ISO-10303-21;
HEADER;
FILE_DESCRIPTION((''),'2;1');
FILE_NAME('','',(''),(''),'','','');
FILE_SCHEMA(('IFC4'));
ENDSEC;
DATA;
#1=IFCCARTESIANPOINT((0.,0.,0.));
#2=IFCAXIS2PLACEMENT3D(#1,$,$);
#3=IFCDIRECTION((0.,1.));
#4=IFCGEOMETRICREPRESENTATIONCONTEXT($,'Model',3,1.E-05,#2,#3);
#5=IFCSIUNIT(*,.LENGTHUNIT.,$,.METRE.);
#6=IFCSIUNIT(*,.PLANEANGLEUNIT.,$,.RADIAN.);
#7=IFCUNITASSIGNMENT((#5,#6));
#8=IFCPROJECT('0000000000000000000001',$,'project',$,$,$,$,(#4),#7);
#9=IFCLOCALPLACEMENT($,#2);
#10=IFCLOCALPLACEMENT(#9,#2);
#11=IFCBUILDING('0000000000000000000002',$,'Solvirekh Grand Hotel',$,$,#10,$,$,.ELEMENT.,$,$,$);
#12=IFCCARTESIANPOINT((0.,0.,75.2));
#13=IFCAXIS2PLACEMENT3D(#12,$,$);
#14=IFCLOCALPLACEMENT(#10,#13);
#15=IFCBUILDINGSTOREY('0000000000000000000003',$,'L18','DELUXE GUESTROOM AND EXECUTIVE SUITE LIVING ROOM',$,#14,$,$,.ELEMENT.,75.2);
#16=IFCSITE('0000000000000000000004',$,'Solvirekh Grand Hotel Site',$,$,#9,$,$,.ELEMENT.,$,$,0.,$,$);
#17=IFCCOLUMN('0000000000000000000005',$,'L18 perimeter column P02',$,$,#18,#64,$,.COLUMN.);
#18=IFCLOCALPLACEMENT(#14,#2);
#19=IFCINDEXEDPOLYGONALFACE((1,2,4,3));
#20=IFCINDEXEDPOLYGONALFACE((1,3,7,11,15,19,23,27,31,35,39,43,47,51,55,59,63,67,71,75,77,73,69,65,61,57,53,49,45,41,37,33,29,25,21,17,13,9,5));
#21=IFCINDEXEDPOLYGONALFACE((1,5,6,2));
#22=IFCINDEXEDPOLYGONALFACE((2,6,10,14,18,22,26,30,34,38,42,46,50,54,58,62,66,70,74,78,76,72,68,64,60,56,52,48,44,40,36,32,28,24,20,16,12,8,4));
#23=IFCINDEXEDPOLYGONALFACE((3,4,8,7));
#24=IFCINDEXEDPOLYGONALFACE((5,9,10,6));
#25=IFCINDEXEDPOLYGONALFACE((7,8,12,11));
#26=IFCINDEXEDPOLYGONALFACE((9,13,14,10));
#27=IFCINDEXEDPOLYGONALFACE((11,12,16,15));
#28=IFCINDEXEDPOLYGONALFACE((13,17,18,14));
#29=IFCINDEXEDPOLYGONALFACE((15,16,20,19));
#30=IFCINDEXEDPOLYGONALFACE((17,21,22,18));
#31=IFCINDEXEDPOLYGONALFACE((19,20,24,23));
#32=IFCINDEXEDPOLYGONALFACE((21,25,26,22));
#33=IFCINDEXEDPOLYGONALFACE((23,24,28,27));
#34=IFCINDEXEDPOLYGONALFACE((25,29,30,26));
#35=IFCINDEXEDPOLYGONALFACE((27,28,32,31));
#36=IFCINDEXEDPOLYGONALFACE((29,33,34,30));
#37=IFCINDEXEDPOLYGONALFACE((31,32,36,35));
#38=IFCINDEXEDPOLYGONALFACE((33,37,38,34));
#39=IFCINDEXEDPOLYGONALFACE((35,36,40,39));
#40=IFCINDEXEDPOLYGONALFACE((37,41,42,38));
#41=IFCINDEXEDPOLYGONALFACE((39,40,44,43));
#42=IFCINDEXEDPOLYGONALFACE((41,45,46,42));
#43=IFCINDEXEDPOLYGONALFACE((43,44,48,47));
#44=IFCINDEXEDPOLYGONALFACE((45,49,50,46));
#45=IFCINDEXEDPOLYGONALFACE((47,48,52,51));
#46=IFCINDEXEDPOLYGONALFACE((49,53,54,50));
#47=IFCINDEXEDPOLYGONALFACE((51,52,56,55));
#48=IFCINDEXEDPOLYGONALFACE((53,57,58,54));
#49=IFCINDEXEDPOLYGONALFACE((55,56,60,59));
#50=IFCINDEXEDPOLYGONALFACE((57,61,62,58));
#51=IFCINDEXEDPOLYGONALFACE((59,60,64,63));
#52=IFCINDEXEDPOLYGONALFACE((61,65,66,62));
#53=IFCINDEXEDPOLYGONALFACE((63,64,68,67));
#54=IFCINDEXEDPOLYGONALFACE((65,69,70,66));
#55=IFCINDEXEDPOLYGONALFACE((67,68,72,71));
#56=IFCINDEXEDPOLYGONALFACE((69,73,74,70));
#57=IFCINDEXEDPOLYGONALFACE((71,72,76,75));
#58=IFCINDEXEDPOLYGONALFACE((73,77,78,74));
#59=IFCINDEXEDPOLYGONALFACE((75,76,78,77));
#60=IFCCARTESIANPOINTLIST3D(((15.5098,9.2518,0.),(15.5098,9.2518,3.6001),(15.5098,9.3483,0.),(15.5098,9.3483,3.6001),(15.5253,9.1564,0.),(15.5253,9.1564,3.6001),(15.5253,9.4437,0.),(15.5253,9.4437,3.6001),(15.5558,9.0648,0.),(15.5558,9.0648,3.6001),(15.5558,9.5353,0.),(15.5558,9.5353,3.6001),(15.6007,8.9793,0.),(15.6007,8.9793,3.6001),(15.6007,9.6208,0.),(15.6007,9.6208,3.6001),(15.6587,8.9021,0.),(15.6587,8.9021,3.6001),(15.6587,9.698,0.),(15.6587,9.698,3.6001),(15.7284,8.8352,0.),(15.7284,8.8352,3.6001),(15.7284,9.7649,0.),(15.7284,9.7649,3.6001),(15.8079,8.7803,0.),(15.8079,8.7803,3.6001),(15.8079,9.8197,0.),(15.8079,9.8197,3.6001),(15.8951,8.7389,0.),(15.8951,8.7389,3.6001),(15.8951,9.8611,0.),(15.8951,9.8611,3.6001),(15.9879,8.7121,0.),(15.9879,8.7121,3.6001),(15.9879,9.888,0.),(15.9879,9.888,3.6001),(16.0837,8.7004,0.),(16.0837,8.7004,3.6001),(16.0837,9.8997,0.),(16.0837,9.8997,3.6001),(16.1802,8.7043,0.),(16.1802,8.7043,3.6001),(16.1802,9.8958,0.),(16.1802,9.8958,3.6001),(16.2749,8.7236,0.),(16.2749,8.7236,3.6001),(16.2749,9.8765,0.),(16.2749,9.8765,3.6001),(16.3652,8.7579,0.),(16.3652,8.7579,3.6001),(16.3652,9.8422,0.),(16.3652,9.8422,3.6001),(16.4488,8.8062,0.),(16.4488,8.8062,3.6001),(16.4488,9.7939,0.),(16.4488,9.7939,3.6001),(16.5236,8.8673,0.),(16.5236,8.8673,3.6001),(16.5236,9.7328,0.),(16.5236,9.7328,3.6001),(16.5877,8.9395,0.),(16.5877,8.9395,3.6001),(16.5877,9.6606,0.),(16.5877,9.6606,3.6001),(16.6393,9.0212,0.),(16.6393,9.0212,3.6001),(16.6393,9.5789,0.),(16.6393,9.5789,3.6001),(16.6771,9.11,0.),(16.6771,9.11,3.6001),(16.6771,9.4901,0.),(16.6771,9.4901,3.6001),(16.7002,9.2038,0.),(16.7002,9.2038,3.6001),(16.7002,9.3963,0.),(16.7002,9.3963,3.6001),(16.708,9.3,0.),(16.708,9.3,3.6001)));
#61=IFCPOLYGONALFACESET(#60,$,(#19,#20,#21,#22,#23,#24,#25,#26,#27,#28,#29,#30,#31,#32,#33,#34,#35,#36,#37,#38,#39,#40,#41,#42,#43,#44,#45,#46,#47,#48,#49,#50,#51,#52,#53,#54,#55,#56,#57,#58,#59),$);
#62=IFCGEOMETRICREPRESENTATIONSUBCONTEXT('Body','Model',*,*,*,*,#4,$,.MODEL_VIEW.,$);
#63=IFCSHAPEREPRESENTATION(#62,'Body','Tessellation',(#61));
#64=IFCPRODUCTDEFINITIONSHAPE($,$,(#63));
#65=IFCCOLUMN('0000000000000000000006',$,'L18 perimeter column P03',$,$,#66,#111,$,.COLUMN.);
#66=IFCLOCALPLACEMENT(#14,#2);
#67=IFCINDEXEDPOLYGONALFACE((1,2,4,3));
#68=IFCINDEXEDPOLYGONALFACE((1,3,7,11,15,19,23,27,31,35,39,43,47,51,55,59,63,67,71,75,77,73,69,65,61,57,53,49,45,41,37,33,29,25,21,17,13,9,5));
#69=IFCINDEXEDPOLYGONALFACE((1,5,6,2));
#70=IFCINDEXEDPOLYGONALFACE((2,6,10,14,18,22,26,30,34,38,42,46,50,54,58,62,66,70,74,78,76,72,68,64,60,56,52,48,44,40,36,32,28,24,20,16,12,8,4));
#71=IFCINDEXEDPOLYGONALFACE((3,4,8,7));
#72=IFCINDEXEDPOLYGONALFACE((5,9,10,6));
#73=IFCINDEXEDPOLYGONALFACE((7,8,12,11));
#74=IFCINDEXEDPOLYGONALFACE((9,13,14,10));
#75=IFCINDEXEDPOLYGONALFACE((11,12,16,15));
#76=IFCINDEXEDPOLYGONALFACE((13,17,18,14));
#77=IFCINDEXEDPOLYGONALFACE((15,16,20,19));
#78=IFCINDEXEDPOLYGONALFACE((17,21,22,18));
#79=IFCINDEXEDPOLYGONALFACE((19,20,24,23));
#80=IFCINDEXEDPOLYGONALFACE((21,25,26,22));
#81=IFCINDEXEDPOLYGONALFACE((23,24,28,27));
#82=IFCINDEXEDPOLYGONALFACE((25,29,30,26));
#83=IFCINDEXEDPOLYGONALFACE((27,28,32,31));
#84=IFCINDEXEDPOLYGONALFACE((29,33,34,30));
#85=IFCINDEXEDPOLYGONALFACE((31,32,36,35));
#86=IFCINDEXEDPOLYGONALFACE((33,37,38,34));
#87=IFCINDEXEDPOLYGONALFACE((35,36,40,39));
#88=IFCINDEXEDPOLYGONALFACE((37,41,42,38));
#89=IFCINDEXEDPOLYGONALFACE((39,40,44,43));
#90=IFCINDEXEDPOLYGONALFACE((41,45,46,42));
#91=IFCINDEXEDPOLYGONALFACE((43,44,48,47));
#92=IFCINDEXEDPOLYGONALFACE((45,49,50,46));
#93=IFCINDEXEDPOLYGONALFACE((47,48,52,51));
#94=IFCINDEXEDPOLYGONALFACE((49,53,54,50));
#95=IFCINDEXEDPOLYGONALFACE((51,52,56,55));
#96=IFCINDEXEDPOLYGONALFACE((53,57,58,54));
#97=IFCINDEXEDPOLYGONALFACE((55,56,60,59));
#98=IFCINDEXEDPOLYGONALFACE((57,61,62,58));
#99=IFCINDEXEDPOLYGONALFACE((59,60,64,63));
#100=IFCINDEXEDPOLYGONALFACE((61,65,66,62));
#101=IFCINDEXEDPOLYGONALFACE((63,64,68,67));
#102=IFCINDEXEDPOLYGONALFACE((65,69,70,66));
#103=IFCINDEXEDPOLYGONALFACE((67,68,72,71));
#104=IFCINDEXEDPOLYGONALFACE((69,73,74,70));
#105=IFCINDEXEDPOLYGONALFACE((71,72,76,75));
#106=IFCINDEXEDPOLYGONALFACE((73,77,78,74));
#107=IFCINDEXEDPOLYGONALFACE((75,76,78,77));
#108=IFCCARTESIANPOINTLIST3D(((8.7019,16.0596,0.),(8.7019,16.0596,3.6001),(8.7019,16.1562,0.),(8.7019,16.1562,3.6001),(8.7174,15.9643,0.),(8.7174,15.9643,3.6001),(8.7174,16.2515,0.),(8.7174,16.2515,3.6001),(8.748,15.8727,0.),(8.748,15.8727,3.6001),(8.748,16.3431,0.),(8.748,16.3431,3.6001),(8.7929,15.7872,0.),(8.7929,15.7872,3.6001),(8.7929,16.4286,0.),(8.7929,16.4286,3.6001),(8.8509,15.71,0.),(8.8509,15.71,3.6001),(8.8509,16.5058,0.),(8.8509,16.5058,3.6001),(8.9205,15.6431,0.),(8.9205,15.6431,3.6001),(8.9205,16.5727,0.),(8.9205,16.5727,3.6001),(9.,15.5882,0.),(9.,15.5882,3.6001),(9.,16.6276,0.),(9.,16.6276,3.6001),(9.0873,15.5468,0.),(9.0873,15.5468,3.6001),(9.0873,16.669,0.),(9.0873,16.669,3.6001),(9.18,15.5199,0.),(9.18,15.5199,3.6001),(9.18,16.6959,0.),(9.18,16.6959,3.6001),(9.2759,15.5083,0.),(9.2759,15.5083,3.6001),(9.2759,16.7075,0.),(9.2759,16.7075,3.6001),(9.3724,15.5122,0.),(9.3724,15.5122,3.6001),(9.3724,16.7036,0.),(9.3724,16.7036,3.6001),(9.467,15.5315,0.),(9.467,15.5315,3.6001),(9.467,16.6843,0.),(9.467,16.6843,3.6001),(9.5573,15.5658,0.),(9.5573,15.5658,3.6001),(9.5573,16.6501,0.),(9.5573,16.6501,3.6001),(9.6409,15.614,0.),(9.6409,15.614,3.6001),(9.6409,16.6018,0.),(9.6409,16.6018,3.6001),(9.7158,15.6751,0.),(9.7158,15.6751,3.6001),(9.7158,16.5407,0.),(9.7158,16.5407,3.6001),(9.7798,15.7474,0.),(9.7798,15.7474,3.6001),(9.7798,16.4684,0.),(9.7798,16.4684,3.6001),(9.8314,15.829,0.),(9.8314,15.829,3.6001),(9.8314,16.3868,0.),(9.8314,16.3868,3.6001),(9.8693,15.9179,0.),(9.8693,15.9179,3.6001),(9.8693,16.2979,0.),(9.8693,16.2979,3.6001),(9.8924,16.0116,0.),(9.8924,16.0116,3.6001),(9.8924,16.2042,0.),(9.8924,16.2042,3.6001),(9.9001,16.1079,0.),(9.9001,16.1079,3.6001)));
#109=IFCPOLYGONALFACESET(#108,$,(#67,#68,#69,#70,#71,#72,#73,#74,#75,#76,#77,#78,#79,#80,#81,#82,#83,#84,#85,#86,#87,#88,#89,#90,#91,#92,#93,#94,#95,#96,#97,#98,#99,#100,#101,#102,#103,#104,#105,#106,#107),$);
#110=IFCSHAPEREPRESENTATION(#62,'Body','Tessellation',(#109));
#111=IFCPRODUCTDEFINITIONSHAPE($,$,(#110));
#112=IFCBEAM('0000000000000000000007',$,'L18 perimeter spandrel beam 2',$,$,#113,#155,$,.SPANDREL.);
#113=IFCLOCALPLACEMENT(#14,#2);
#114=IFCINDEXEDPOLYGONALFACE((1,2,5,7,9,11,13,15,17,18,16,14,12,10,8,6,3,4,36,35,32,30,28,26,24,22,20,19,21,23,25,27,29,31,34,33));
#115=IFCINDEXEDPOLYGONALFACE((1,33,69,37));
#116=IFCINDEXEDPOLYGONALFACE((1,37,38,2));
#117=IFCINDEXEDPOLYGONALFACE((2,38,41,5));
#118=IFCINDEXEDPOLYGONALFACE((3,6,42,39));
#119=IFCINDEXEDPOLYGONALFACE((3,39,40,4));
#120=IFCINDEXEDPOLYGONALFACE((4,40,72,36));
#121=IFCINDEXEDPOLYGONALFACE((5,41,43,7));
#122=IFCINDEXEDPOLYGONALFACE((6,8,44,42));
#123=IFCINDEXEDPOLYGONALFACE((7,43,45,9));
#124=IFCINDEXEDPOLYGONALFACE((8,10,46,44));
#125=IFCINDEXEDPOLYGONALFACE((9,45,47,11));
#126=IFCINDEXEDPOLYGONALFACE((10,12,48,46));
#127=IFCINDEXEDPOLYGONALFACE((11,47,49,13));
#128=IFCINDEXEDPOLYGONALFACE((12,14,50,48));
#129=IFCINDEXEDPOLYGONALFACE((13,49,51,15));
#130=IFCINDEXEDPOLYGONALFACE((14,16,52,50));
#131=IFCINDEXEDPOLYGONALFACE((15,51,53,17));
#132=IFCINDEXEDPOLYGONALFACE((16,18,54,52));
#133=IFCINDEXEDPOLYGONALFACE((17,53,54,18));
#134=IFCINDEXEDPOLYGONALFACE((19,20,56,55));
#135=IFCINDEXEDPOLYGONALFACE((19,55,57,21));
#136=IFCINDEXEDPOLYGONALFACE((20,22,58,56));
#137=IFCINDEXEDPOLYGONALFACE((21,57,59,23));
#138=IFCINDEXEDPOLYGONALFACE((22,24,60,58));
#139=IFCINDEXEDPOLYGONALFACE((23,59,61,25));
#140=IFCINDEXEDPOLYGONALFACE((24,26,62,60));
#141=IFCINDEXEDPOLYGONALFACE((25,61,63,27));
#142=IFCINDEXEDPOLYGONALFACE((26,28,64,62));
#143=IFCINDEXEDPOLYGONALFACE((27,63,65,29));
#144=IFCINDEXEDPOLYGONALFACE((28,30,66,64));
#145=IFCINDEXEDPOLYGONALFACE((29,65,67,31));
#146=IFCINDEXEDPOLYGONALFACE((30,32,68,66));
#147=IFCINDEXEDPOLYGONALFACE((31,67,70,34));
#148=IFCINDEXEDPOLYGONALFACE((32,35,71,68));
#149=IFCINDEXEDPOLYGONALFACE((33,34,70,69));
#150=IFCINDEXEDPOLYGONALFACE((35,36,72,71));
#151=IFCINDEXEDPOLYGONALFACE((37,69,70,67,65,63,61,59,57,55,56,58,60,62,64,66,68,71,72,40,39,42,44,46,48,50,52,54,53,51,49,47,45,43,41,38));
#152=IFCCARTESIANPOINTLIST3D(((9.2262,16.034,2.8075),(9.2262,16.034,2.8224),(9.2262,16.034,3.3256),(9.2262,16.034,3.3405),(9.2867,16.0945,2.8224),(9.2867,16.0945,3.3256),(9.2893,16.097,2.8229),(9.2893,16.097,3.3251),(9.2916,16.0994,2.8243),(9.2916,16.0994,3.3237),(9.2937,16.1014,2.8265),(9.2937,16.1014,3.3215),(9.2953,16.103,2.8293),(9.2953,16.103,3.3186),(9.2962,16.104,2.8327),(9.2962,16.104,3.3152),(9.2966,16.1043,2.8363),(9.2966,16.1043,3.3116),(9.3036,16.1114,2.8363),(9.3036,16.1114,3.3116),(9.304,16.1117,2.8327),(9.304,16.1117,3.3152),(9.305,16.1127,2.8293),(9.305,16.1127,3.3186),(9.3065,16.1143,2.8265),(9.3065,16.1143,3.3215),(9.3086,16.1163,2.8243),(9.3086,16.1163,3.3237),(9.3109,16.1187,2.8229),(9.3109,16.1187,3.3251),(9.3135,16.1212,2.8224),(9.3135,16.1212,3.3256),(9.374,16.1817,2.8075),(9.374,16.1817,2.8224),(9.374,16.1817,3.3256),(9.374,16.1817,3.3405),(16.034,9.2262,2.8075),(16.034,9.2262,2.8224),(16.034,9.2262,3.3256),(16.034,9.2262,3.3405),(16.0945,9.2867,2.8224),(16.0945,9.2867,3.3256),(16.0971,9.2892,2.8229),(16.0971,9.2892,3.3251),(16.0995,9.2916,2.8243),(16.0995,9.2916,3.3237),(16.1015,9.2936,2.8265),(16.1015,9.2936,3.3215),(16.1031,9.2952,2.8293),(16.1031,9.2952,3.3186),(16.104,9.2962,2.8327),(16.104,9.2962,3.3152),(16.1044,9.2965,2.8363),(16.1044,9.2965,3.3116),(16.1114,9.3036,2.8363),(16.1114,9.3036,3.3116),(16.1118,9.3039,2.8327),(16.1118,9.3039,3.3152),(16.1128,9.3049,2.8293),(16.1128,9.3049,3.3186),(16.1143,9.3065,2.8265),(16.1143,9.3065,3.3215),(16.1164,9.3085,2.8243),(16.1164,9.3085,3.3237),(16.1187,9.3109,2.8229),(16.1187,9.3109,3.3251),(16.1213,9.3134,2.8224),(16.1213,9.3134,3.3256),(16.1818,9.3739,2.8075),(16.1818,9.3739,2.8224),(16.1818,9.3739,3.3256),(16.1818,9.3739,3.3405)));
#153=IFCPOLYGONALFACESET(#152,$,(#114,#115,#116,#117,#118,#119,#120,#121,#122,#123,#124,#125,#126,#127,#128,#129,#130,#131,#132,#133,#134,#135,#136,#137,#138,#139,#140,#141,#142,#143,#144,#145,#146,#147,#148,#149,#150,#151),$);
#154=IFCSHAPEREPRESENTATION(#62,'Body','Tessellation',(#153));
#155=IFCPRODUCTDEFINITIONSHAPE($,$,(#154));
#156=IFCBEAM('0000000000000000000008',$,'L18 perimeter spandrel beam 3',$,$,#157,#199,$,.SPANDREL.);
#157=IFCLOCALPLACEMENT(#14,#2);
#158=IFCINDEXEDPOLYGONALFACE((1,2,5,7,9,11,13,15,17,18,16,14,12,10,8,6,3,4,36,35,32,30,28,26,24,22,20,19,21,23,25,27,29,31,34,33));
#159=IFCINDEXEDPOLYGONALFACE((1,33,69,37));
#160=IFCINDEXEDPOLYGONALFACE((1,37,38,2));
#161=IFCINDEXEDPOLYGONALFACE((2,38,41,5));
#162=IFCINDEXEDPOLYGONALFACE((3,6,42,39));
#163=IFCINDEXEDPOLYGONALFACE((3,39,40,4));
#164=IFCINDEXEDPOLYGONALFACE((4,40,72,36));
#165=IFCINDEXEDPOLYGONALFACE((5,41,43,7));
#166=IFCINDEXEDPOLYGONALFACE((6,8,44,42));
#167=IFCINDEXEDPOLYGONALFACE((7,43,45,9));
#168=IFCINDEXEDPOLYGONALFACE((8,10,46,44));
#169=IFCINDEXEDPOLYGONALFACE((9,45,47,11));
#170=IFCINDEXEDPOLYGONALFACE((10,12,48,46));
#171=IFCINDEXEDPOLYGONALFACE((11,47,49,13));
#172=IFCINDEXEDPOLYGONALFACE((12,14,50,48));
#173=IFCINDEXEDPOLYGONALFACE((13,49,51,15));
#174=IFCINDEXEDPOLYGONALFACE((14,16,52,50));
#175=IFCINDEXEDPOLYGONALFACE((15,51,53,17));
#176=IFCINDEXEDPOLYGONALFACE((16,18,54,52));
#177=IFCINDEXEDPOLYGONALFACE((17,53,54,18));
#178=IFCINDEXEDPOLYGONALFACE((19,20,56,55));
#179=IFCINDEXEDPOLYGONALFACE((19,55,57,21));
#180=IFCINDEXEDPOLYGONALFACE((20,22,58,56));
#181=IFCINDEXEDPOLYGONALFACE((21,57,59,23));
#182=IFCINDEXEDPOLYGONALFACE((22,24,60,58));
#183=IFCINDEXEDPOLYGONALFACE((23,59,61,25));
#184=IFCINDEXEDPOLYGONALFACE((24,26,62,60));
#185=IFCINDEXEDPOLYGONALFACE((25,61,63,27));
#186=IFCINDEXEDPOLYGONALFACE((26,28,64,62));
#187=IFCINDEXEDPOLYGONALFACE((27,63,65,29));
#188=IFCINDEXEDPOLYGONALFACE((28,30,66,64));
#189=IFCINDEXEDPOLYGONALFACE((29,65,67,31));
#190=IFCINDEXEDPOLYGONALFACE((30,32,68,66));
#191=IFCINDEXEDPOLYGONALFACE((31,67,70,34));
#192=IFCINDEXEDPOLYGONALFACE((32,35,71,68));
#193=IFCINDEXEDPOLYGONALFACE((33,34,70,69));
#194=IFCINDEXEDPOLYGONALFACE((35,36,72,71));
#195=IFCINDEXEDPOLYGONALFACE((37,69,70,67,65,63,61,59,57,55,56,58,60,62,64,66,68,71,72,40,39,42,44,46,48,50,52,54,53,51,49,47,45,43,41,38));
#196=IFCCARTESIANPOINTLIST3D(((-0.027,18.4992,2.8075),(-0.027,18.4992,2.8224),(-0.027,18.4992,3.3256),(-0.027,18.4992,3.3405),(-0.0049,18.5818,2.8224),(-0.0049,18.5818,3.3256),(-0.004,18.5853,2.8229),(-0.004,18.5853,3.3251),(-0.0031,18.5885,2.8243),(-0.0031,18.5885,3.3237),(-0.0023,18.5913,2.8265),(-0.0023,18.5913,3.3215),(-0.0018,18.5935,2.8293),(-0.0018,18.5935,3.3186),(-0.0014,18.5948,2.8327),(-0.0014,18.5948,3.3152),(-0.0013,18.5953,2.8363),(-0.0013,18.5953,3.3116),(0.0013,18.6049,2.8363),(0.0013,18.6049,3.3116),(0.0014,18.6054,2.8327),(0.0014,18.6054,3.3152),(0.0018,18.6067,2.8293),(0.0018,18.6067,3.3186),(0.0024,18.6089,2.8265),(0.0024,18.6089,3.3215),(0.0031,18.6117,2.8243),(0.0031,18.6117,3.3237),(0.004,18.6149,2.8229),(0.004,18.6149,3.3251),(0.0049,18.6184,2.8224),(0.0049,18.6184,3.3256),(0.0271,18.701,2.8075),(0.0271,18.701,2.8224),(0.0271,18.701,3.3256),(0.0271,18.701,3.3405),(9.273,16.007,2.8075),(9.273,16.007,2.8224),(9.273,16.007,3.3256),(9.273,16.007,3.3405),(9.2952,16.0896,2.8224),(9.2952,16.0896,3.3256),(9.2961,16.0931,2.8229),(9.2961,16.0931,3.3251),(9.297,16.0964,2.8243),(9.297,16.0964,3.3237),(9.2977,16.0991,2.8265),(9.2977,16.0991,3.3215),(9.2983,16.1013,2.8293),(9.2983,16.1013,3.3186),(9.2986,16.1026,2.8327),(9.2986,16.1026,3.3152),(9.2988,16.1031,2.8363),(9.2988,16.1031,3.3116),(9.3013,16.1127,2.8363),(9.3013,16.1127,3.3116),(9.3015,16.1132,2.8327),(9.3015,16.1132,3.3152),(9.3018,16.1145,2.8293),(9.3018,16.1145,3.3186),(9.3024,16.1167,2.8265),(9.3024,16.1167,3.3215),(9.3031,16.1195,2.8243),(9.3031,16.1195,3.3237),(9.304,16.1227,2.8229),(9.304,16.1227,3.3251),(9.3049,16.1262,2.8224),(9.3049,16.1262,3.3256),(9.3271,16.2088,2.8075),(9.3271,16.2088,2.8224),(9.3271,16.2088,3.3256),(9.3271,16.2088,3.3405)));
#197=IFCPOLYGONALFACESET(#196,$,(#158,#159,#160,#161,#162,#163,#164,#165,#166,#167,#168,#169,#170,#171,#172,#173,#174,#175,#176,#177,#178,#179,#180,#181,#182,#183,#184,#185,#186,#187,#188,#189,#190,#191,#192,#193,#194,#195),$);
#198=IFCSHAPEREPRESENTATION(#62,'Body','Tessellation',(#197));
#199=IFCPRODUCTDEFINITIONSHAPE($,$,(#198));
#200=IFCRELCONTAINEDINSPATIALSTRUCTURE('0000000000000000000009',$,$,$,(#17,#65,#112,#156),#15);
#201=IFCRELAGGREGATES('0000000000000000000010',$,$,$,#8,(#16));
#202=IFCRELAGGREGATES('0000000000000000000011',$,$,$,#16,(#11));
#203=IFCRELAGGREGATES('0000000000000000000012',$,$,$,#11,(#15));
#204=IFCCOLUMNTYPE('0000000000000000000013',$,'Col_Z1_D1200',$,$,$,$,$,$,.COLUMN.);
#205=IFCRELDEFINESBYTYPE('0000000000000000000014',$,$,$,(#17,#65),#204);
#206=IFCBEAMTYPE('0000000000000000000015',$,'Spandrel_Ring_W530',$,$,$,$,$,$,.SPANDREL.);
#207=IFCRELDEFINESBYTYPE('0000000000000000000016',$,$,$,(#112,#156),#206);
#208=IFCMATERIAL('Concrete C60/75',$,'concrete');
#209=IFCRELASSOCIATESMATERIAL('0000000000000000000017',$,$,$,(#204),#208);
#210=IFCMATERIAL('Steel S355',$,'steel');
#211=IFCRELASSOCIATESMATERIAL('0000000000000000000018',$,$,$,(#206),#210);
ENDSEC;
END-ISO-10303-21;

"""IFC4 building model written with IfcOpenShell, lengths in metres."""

from ifc_helpers import new_model, si_unit, direction, frame, origin, origin_2d, place, context, subcontext, project, spatial, circle, i_section, extrude, material, material_profile, profile_set, type_object, element, save


model = new_model("IFC4")

# Units and contexts
model_context = context("Model", 3, precision=1e-05, world=origin(), true_north=direction((0.0, 1.0)))
body_context = subcontext(model_context, "Body", "Model", "MODEL_VIEW")
ifc_project = project(units=[si_unit("LENGTHUNIT", "METRE"), si_unit("PLANEANGLEUNIT", "RADIAN")], contexts=[model_context])

# Site, building, storey
site_placement = place(None, origin())
site = spatial("IfcSite", under=ifc_project, at=site_placement, Name="Solvirekh Grand Hotel Site", CompositionType="ELEMENT", RefElevation=0.0)
building_placement = place(site_placement, origin())
building = spatial("IfcBuilding", under=site, at=building_placement, Name="Solvirekh Grand Hotel", CompositionType="ELEMENT")
storey_placement = place(building_placement, frame((0.0, 0.0, 75.2)))
storey = spatial("IfcBuildingStorey", under=building, at=storey_placement, Name="L18", Description="DELUXE GUESTROOM AND EXECUTIVE SUITE LIVING ROOM", CompositionType="ELEMENT", Elevation=75.2)

# Columns
ifc_material_1 = material(Name="Concrete C60/75", Category="concrete")
ifc_material_profile_1 = material_profile(ifc_material_1, circle(Radius=0.6001, at=origin_2d()), Name="RC CIRC D1200")
ifc_profile_set_1 = profile_set([ifc_material_profile_1], Name="Concrete C60/75")
column_type = type_object("IfcColumnType", Name="Col_Z1_D1200", PredefinedType="COLUMN", material=ifc_profile_set_1)
for number, where, z_axis, x_axis, name in (
    (1, (16.1079, 9.3, 0.0), (0.0, 0.0, 1.0), (1.0, 0.0, 0.0), "L18 perimeter column P02"),
    (2, (9.3, 16.1079, 0.0), (0.0, 0.0, 1.0), (1.0, 0.0, 0.0), "L18 perimeter column P03"),
):
    element("IfcColumn", number, at=place(storey_placement, frame(where, z_axis=z_axis, x_axis=x_axis)), inside=storey, type_object=column_type, Name=name, PredefinedType="COLUMN", context=body_context, shape_type="SweptSolid", body=[
        extrude(circle(Radius=0.6001, at=origin_2d()), origin(), (0.0, 0.0, 1.0), 3.6001),
    ])

# Beams
ifc_material_2 = material(Name="Steel S355", Category="steel")
ifc_material_profile_2 = material_profile(ifc_material_2, i_section(OverallWidth=0.209, OverallDepth=0.533, WebThickness=0.01, FlangeThickness=0.0149, FilletRadius=0.0139, at=origin_2d()), Name="W530X92")
ifc_profile_set_2 = profile_set([ifc_material_profile_2], Name="Steel S355")
beam_type = type_object("IfcBeamType", Name="Spandrel_Ring_W530", PredefinedType="SPANDREL", material=ifc_profile_set_2)
beam_1_placement = place(storey_placement, frame((16.1079, 9.3, 3.074), z_axis=(-0.707107, 0.707107, 0.0), x_axis=(-0.707107, -0.707107, 0.0)))
element("IfcBeam", 3, at=beam_1_placement, inside=storey, type_object=beam_type, Name="L18 perimeter spandrel beam 2", PredefinedType="SPANDREL", context=body_context, shape_type="SweptSolid", body=[
    extrude(i_section(OverallWidth=0.209, OverallDepth=0.533, WebThickness=0.01, FlangeThickness=0.0149, FilletRadius=0.0139, at=origin_2d()), origin(), (0.0, 0.0, 1.0), 9.6277),
])
beam_2_placement = place(storey_placement, frame((9.3, 16.1079, 3.074), z_axis=(-0.965919, 0.258843, 0.0), x_axis=(-0.258843, -0.965919, 0.0)))
element("IfcBeam", 4, at=beam_2_placement, inside=storey, type_object=beam_type, Name="L18 perimeter spandrel beam 3", PredefinedType="SPANDREL", context=body_context, shape_type="SweptSolid", body=[
    extrude(i_section(OverallWidth=0.209, OverallDepth=0.533, WebThickness=0.01, FlangeThickness=0.0149, FilletRadius=0.0139, at=origin_2d()), origin(), (0.0, 0.0, 1.0), 9.6282),
])

save(model, "model.ifc")
